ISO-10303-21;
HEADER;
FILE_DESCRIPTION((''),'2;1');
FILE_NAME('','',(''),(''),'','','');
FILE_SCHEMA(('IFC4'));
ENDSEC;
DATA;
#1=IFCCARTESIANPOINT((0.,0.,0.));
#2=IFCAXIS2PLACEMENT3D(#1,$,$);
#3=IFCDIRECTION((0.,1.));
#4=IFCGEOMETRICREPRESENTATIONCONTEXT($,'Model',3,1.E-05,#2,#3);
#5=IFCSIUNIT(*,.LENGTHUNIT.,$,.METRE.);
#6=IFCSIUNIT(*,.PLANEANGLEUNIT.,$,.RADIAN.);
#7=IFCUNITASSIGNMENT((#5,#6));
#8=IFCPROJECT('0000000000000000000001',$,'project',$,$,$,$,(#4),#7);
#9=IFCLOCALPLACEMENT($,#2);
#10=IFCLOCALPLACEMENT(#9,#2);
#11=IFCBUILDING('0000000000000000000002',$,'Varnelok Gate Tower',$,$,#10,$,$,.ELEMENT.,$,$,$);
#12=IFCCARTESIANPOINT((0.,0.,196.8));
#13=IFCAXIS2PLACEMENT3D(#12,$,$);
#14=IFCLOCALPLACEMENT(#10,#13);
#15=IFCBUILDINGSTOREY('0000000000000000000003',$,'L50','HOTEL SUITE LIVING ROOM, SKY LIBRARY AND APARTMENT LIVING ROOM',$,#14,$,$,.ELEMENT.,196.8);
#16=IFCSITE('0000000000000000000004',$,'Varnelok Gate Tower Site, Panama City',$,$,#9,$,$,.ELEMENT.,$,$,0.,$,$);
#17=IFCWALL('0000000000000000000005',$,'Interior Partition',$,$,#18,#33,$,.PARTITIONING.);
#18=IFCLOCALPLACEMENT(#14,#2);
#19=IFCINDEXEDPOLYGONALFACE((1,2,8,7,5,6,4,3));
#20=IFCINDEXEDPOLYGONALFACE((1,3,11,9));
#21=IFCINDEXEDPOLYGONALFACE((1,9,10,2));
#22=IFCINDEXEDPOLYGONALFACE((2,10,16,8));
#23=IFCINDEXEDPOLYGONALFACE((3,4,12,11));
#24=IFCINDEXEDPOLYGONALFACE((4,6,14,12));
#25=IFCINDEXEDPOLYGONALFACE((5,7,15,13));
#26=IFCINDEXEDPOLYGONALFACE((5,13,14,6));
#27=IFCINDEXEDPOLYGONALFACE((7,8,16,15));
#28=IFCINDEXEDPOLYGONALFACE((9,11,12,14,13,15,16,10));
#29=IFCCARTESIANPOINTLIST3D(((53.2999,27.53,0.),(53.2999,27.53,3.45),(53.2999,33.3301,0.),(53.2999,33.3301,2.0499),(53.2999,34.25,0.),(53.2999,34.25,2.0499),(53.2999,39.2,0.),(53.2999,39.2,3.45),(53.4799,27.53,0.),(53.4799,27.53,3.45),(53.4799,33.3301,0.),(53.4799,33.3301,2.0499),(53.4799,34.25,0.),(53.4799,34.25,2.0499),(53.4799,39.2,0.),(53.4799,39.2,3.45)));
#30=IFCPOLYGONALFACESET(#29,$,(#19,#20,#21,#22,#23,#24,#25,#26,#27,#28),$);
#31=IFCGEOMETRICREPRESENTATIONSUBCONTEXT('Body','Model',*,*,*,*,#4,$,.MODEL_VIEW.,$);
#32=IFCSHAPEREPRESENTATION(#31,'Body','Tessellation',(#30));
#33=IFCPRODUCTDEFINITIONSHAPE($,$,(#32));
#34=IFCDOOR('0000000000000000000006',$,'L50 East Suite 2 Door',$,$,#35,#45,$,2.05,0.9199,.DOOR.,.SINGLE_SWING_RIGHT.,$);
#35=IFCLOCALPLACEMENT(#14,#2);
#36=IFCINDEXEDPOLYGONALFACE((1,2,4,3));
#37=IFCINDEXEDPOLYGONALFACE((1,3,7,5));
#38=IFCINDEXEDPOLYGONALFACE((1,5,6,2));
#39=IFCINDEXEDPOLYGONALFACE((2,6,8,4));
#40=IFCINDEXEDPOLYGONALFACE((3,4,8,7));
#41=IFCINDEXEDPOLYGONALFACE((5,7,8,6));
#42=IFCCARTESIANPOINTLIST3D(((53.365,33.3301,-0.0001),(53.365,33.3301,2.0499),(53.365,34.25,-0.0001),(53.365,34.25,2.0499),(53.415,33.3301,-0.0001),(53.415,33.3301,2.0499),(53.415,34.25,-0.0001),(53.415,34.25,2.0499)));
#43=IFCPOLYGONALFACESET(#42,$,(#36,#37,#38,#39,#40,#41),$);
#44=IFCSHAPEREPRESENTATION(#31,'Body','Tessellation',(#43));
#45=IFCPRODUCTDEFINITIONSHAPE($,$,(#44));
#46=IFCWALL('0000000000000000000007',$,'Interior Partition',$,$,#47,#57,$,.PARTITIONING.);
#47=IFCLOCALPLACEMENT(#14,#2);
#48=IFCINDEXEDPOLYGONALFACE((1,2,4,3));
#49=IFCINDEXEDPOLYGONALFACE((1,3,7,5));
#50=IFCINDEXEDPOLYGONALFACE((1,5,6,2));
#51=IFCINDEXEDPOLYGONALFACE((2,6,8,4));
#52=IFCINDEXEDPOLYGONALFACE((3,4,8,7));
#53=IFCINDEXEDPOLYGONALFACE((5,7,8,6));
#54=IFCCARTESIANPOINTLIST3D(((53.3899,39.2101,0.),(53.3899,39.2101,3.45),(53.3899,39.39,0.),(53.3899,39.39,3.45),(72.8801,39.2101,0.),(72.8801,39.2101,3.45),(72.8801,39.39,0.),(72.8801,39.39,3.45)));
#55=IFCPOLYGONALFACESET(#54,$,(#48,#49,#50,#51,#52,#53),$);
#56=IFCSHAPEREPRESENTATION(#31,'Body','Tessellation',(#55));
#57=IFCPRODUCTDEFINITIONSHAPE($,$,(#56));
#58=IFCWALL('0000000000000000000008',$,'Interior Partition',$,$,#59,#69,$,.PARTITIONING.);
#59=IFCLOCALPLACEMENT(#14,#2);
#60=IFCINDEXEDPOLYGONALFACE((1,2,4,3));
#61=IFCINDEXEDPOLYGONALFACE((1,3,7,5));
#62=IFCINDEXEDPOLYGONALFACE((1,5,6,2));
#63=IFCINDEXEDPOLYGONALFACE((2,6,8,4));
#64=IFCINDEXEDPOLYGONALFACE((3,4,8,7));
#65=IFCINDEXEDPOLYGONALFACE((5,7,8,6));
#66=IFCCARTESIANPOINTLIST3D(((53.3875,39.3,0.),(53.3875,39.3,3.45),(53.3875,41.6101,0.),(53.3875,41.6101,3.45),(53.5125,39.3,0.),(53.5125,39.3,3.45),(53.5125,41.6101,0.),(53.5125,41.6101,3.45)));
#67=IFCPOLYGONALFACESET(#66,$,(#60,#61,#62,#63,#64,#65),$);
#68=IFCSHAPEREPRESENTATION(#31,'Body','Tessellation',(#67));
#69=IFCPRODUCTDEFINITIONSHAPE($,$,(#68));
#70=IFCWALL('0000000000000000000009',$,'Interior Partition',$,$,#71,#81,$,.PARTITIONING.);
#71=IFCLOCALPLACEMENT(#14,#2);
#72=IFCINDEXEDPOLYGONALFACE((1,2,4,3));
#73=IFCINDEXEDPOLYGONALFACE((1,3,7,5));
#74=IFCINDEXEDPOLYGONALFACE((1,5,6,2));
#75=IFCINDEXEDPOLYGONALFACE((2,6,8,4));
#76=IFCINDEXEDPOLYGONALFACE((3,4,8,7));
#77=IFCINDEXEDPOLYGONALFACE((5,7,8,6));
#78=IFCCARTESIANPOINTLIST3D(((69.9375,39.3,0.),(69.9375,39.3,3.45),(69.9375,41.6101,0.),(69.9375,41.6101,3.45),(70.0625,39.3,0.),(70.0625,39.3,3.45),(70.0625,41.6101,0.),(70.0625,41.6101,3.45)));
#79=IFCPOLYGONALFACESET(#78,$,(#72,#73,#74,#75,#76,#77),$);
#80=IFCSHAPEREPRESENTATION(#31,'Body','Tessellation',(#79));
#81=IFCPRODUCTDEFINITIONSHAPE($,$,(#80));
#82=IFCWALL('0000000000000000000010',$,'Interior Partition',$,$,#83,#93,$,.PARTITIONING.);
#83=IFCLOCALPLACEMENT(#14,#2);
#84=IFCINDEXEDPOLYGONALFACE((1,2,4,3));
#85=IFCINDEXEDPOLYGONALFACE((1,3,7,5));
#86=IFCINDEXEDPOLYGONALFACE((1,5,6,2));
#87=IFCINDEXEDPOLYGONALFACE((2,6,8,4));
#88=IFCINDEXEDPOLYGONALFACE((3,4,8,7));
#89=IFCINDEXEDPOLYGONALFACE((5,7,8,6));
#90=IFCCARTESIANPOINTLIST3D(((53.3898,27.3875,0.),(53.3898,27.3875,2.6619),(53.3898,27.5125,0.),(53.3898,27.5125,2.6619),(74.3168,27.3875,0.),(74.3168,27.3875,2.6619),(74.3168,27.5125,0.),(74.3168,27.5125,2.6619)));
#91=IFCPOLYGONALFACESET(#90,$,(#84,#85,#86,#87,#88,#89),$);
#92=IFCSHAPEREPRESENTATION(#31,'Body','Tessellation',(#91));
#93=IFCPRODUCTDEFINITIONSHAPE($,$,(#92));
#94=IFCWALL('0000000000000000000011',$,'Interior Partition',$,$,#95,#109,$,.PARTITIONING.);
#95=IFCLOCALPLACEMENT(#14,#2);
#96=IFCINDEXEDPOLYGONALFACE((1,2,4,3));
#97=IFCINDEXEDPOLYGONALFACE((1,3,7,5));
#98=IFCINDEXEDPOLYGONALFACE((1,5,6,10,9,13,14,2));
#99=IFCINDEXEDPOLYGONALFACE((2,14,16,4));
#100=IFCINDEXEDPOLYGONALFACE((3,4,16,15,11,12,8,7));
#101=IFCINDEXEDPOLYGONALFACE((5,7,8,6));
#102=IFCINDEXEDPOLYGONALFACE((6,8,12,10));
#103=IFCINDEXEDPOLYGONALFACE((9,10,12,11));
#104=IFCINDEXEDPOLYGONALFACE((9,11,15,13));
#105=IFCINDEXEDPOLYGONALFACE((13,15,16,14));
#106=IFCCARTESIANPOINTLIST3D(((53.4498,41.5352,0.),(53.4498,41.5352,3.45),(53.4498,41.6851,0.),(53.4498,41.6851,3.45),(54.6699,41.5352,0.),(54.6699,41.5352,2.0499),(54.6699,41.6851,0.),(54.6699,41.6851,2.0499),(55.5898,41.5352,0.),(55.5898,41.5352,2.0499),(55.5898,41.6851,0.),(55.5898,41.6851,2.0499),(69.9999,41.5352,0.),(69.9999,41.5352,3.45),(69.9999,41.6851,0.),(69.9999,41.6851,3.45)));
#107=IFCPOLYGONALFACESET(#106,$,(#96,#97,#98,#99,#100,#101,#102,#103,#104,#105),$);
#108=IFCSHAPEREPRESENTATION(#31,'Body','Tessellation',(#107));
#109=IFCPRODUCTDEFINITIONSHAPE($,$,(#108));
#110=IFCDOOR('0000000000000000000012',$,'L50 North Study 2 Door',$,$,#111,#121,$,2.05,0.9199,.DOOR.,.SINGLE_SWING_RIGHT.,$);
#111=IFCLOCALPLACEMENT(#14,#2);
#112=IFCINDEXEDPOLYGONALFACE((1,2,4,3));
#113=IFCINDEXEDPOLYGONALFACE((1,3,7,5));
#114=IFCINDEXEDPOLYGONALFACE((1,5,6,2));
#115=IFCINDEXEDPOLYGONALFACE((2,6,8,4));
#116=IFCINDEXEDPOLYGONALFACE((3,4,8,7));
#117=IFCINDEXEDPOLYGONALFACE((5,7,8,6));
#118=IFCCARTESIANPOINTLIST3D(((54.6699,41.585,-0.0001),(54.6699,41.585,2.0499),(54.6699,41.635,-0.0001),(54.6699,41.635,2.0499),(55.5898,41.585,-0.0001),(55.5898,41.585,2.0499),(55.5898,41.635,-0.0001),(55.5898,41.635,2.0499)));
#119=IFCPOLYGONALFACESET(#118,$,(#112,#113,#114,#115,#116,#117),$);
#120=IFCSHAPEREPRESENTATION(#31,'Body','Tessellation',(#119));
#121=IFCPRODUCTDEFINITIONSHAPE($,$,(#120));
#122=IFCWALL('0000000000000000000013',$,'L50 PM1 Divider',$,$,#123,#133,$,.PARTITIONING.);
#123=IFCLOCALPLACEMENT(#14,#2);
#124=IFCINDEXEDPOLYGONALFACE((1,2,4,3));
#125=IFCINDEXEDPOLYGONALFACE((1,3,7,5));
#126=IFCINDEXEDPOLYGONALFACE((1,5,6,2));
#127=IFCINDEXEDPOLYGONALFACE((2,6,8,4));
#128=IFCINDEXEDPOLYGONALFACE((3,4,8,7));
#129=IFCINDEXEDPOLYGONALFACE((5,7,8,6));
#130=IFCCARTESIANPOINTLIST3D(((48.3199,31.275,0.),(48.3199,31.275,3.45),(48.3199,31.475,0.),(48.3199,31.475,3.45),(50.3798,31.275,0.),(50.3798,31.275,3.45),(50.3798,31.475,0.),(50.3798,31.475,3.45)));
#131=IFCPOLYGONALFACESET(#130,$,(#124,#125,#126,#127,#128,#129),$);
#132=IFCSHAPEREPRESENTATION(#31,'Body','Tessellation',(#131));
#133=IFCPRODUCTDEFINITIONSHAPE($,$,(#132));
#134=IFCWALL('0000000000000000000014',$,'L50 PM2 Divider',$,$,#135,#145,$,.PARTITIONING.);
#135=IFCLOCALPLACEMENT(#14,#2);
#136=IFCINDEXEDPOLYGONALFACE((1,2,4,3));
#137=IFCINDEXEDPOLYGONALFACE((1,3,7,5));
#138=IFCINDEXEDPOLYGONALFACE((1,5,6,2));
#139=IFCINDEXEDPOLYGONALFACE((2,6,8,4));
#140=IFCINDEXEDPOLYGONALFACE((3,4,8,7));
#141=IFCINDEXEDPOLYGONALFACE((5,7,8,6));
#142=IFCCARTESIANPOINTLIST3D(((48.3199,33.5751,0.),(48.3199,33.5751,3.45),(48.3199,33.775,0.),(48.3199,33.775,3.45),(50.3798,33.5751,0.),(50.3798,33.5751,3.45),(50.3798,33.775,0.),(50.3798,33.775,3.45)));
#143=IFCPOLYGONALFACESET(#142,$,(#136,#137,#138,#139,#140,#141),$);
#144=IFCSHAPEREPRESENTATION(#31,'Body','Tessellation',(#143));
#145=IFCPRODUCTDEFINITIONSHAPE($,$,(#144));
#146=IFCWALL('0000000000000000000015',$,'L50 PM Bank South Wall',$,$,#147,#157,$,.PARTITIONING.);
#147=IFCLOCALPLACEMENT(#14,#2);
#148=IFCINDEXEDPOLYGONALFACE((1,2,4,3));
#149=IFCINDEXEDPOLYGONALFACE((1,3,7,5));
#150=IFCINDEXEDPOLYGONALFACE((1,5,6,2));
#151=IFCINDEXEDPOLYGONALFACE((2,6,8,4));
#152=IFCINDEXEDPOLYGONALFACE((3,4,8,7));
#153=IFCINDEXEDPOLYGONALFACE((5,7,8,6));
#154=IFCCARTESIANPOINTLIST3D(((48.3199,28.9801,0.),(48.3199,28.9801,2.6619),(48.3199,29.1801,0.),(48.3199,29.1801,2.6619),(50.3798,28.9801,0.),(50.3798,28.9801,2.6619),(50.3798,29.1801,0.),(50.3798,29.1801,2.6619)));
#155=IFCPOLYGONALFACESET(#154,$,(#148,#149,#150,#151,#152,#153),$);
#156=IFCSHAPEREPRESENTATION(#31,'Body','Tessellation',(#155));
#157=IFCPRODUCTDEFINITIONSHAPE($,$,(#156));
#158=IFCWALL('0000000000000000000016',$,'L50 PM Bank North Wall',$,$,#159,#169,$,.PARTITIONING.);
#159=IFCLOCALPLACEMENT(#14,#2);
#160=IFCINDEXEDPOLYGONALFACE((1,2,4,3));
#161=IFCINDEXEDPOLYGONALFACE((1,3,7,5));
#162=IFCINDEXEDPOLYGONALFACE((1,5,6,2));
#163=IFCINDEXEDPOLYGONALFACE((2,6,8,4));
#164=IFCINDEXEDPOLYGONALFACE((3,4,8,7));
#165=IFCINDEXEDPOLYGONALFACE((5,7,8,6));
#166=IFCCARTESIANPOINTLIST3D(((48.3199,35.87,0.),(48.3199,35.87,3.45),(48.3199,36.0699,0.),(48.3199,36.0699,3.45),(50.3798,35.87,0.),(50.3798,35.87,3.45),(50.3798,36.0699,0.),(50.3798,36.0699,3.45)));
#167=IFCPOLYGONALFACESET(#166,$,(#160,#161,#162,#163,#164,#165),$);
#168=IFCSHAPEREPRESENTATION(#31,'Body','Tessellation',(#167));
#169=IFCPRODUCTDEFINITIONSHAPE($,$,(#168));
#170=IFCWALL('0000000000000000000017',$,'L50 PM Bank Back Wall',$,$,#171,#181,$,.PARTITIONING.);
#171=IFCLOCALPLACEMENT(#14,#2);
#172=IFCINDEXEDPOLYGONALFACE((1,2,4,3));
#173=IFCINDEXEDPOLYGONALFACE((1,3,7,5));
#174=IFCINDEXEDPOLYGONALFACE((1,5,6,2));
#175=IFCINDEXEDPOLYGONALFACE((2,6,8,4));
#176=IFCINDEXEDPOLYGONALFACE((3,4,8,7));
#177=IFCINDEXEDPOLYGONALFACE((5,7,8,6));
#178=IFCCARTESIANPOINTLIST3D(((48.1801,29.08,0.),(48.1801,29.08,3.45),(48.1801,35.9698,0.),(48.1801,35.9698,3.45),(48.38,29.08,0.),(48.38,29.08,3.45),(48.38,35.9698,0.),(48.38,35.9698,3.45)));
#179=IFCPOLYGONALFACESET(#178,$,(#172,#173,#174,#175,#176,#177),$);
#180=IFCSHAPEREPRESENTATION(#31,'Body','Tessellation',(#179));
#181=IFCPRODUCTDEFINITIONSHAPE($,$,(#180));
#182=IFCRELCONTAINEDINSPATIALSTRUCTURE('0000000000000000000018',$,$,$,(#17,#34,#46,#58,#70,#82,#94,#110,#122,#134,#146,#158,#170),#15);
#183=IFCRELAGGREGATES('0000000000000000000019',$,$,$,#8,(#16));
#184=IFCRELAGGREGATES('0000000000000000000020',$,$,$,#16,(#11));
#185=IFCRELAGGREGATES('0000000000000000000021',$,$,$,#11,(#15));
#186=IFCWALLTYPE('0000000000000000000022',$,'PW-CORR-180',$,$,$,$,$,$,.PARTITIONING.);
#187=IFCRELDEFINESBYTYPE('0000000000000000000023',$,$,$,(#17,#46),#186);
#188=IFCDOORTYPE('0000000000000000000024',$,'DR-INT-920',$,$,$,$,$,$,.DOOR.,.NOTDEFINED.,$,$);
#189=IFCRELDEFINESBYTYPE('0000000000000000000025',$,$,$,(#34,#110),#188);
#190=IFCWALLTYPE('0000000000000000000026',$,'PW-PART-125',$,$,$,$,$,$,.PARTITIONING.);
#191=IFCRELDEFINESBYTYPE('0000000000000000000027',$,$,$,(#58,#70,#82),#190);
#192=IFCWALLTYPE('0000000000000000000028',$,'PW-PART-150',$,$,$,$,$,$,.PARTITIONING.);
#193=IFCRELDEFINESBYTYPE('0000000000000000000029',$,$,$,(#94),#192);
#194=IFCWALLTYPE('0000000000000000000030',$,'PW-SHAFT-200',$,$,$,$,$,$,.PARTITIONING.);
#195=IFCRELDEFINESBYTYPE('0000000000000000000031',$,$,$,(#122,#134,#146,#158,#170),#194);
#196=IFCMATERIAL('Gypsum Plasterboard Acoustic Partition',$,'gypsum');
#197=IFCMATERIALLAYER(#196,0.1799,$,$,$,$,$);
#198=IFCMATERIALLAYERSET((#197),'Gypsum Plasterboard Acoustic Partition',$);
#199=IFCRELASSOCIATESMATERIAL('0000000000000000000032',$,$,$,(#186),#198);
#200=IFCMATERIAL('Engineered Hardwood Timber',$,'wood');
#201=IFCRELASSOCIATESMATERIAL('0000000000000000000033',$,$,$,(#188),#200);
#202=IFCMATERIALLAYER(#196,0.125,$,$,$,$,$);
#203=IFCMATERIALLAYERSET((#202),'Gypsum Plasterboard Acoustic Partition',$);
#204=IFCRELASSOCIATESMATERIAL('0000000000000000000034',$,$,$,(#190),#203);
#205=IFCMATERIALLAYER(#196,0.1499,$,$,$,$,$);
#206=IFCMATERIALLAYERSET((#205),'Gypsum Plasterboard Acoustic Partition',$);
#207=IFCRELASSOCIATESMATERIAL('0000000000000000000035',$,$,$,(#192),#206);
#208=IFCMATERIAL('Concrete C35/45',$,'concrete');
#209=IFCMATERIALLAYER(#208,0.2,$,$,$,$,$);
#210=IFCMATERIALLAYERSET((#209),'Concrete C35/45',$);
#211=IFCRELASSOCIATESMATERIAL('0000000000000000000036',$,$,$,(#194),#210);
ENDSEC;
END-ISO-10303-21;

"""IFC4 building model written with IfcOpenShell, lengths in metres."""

from ifc_helpers import new_model, si_unit, direction, frame, frame_2d, origin, place, context, subcontext, project, spatial, rectangle, extrude, material, layer, layer_set, type_object, element, fill, save


model = new_model("IFC4")

# Units and contexts
model_context = context("Model", 3, precision=1e-05, world=origin(), true_north=direction((0.0, 1.0)))
body_context = subcontext(model_context, "Body", "Model", "MODEL_VIEW")
ifc_project = project(units=[si_unit("LENGTHUNIT", "METRE"), si_unit("PLANEANGLEUNIT", "RADIAN")], contexts=[model_context])

# Site, building, storey
site_placement = place(None, origin())
site = spatial("IfcSite", under=ifc_project, at=site_placement, Name="Varnelok Gate Tower Site, Panama City", CompositionType="ELEMENT", RefElevation=0.0)
building_placement = place(site_placement, origin())
building = spatial("IfcBuilding", under=site, at=building_placement, Name="Varnelok Gate Tower", CompositionType="ELEMENT")
storey_placement = place(building_placement, frame((0.0, 0.0, 196.8)))
storey = spatial("IfcBuildingStorey", under=building, at=storey_placement, Name="L50", Description="HOTEL SUITE LIVING ROOM, SKY LIBRARY AND APARTMENT LIVING ROOM", CompositionType="ELEMENT", Elevation=196.8)

# Wall, opening, door
ifc_material_1 = material(Name="Gypsum Plasterboard Acoustic Partition", Category="gypsum")
ifc_layer_1 = layer(ifc_material_1, 0.1799)
ifc_layer_set_1 = layer_set([ifc_layer_1], Name="Gypsum Plasterboard Acoustic Partition")
wall_type_1 = type_object("IfcWallType", Name="PW-CORR-180", PredefinedType="PARTITIONING", material=ifc_layer_set_1)
wall_1_placement = place(storey_placement, frame((53.3899, 27.53, 0.0), z_axis=(0.0, 0.0, 1.0), x_axis=(0.0, 1.0, 0.0)))
wall_1 = element("IfcWall", 1, at=wall_1_placement, inside=storey, type_object=wall_type_1, Name="Interior Partition", PredefinedType="PARTITIONING", context=body_context, shape_type="SweptSolid", body=[
    extrude(rectangle(XDim=11.6699, YDim=0.1799, at=frame_2d((5.835, 0.0))), origin(), (0.0, 0.0, 1.0), 3.45),
])
opening_1_placement = place(wall_1_placement, frame((5.8, 0.0, 0.0)))
opening_1 = element("IfcOpeningElement", 2, at=opening_1_placement, cuts=wall_1, PredefinedType="OPENING", context=body_context, shape_type="SweptSolid", body=[
    extrude(rectangle(XDim=0.9199, YDim=2.05, at=frame_2d((0.46, 1.0249))), frame((0.0, 0.0999, 0.0), z_axis=(0.0, -1.0, 0.0), x_axis=(1.0, 0.0, 0.0)), (0.0, 0.0, 1.0), 0.2),
])
ifc_material_2 = material(Name="Engineered Hardwood Timber", Category="wood")
door_type_1 = type_object("IfcDoorType", Name="DR-INT-920", OperationType="NOTDEFINED", PredefinedType="DOOR", material=ifc_material_2)
door_1_placement = place(opening_1_placement, origin())
door_1 = element("IfcDoor", 3, at=door_1_placement, inside=storey, type_object=door_type_1, Name="L50 East Suite 2 Door", OperationType="SINGLE_SWING_RIGHT", OverallHeight=2.05, OverallWidth=0.9199, PredefinedType="DOOR", context=body_context, shape_type="SweptSolid", body=[
    extrude(rectangle(XDim=0.9199, YDim=2.05, at=frame_2d((0.46, 1.0249))), frame((0.0, 0.0249, 0.0), z_axis=(0.0, -1.0, 0.0), x_axis=(1.0, 0.0, 0.0)), (0.0, 0.0, 1.0), 0.05),
])
fill(opening_1, door_1)

# Walls
wall_2_placement = place(storey_placement, frame((53.3899, 39.3, 0.0), z_axis=(0.0, 0.0, 1.0), x_axis=(1.0, 0.0, 0.0)))
element("IfcWall", 4, at=wall_2_placement, inside=storey, type_object=wall_type_1, Name="Interior Partition", PredefinedType="PARTITIONING", context=body_context, shape_type="SweptSolid", body=[
    extrude(rectangle(XDim=19.4902, YDim=0.1799, at=frame_2d((9.7451, 0.0))), origin(), (0.0, 0.0, 1.0), 3.45),
])
ifc_layer_2 = layer(ifc_material_1, 0.125)
ifc_layer_set_2 = layer_set([ifc_layer_2], Name="Gypsum Plasterboard Acoustic Partition")
wall_type_2 = type_object("IfcWallType", Name="PW-PART-125", PredefinedType="PARTITIONING", material=ifc_layer_set_2)
for number, where, z_axis, x_axis, name in (
    (5, (53.45, 39.3, 0.0), (0.0, 0.0, 1.0), (0.0, 1.0, 0.0), "Interior Partition"),
    (6, (70.0, 39.3, 0.0), (0.0, 0.0, 1.0), (0.0, 1.0, 0.0), "Interior Partition"),
):
    element("IfcWall", number, at=place(storey_placement, frame(where, z_axis=z_axis, x_axis=x_axis)), inside=storey, type_object=wall_type_2, Name=name, PredefinedType="PARTITIONING", context=body_context, shape_type="SweptSolid", body=[
        extrude(rectangle(XDim=2.3101, YDim=0.125, at=frame_2d((1.155, 0.0))), origin(), (0.0, 0.0, 1.0), 3.45),
    ])
wall_3_placement = place(storey_placement, frame((53.3899, 27.45, 0.0), z_axis=(0.0, 0.0, 1.0), x_axis=(1.0, 0.0, 0.0)))
element("IfcWall", 7, at=wall_3_placement, inside=storey, type_object=wall_type_2, Name="Interior Partition", PredefinedType="PARTITIONING", context=body_context, shape_type="SweptSolid", body=[
    extrude(rectangle(XDim=20.927, YDim=0.125, at=frame_2d((10.4634, 0.0))), origin(), (0.0, 0.0, 1.0), 2.6619),
])

# Wall, opening, door
ifc_layer_3 = layer(ifc_material_1, 0.1499)
ifc_layer_set_3 = layer_set([ifc_layer_3], Name="Gypsum Plasterboard Acoustic Partition")
wall_type_3 = type_object("IfcWallType", Name="PW-PART-150", PredefinedType="PARTITIONING", material=ifc_layer_set_3)
wall_4_placement = place(storey_placement, frame((53.45, 41.6101, 0.0), z_axis=(0.0, 0.0, 1.0), x_axis=(1.0, 0.0, 0.0)))
wall_4 = element("IfcWall", 8, at=wall_4_placement, inside=storey, type_object=wall_type_3, Name="Interior Partition", PredefinedType="PARTITIONING", context=body_context, shape_type="SweptSolid", body=[
    extrude(rectangle(XDim=16.55, YDim=0.1499, at=frame_2d((8.2749, 0.0))), origin(), (0.0, 0.0, 1.0), 3.45),
])
opening_2_placement = place(wall_4_placement, frame((1.22, 0.0, 0.0)))
opening_2 = element("IfcOpeningElement", 9, at=opening_2_placement, cuts=wall_4, PredefinedType="OPENING", context=body_context, shape_type="SweptSolid", body=[
    extrude(rectangle(XDim=0.9199, YDim=2.05, at=frame_2d((0.46, 1.0249))), frame((0.0, 0.085, 0.0), z_axis=(0.0, -1.0, 0.0), x_axis=(1.0, 0.0, 0.0)), (0.0, 0.0, 1.0), 0.1699),
])
door_2_placement = place(opening_2_placement, origin())
door_2 = element("IfcDoor", 10, at=door_2_placement, inside=storey, type_object=door_type_1, Name="L50 North Study 2 Door", OperationType="SINGLE_SWING_RIGHT", OverallHeight=2.05, OverallWidth=0.9199, PredefinedType="DOOR", context=body_context, shape_type="SweptSolid", body=[
    extrude(rectangle(XDim=0.9199, YDim=2.05, at=frame_2d((0.46, 1.0249))), frame((0.0, 0.0249, 0.0), z_axis=(0.0, -1.0, 0.0), x_axis=(1.0, 0.0, 0.0)), (0.0, 0.0, 1.0), 0.05),
])
fill(opening_2, door_2)

# Walls
ifc_material_3 = material(Name="Concrete C35/45", Category="concrete")
ifc_layer_4 = layer(ifc_material_3, 0.2)
ifc_layer_set_4 = layer_set([ifc_layer_4], Name="Concrete C35/45")
wall_type_4 = type_object("IfcWallType", Name="PW-SHAFT-200", PredefinedType="PARTITIONING", material=ifc_layer_set_4)
for number, where, z_axis, x_axis, name in (
    (11, (48.3201, 31.375, 0.0), (0.0, 0.0, 1.0), (1.0, 0.0, 0.0), "L50 PM1 Divider"),
    (12, (48.3201, 33.675, 0.0), (0.0, 0.0, 1.0), (1.0, 0.0, 0.0), "L50 PM2 Divider"),
):
    element("IfcWall", number, at=place(storey_placement, frame(where, z_axis=z_axis, x_axis=x_axis)), inside=storey, type_object=wall_type_4, Name=name, PredefinedType="PARTITIONING", context=body_context, shape_type="SweptSolid", body=[
        extrude(rectangle(XDim=2.0598, YDim=0.2, at=frame_2d((1.0298, 0.0))), origin(), (0.0, 0.0, 1.0), 3.45),
    ])
wall_5_placement = place(storey_placement, frame((48.3201, 29.0801, 0.0), z_axis=(0.0, 0.0, 1.0), x_axis=(1.0, 0.0, 0.0)))
element("IfcWall", 13, at=wall_5_placement, inside=storey, type_object=wall_type_4, Name="L50 PM Bank South Wall", PredefinedType="PARTITIONING", context=body_context, shape_type="SweptSolid", body=[
    extrude(rectangle(XDim=2.0598, YDim=0.2, at=frame_2d((1.0298, 0.0))), origin(), (0.0, 0.0, 1.0), 2.6619),
])
wall_6_placement = place(storey_placement, frame((48.3201, 35.97, 0.0), z_axis=(0.0, 0.0, 1.0), x_axis=(1.0, 0.0, 0.0)))
element("IfcWall", 14, at=wall_6_placement, inside=storey, type_object=wall_type_4, Name="L50 PM Bank North Wall", PredefinedType="PARTITIONING", context=body_context, shape_type="SweptSolid", body=[
    extrude(rectangle(XDim=2.0598, YDim=0.2, at=frame_2d((1.0298, 0.0))), origin(), (0.0, 0.0, 1.0), 3.45),
])
wall_7_placement = place(storey_placement, frame((48.28, 29.0801, 0.0), z_axis=(0.0, 0.0, 1.0), x_axis=(0.0, 1.0, 0.0)))
element("IfcWall", 15, at=wall_7_placement, inside=storey, type_object=wall_type_4, Name="L50 PM Bank Back Wall", PredefinedType="PARTITIONING", context=body_context, shape_type="SweptSolid", body=[
    extrude(rectangle(XDim=6.8899, YDim=0.2, at=frame_2d((3.4448, 0.0))), origin(), (0.0, 0.0, 1.0), 3.45),
])

save(model, "model.ifc")
